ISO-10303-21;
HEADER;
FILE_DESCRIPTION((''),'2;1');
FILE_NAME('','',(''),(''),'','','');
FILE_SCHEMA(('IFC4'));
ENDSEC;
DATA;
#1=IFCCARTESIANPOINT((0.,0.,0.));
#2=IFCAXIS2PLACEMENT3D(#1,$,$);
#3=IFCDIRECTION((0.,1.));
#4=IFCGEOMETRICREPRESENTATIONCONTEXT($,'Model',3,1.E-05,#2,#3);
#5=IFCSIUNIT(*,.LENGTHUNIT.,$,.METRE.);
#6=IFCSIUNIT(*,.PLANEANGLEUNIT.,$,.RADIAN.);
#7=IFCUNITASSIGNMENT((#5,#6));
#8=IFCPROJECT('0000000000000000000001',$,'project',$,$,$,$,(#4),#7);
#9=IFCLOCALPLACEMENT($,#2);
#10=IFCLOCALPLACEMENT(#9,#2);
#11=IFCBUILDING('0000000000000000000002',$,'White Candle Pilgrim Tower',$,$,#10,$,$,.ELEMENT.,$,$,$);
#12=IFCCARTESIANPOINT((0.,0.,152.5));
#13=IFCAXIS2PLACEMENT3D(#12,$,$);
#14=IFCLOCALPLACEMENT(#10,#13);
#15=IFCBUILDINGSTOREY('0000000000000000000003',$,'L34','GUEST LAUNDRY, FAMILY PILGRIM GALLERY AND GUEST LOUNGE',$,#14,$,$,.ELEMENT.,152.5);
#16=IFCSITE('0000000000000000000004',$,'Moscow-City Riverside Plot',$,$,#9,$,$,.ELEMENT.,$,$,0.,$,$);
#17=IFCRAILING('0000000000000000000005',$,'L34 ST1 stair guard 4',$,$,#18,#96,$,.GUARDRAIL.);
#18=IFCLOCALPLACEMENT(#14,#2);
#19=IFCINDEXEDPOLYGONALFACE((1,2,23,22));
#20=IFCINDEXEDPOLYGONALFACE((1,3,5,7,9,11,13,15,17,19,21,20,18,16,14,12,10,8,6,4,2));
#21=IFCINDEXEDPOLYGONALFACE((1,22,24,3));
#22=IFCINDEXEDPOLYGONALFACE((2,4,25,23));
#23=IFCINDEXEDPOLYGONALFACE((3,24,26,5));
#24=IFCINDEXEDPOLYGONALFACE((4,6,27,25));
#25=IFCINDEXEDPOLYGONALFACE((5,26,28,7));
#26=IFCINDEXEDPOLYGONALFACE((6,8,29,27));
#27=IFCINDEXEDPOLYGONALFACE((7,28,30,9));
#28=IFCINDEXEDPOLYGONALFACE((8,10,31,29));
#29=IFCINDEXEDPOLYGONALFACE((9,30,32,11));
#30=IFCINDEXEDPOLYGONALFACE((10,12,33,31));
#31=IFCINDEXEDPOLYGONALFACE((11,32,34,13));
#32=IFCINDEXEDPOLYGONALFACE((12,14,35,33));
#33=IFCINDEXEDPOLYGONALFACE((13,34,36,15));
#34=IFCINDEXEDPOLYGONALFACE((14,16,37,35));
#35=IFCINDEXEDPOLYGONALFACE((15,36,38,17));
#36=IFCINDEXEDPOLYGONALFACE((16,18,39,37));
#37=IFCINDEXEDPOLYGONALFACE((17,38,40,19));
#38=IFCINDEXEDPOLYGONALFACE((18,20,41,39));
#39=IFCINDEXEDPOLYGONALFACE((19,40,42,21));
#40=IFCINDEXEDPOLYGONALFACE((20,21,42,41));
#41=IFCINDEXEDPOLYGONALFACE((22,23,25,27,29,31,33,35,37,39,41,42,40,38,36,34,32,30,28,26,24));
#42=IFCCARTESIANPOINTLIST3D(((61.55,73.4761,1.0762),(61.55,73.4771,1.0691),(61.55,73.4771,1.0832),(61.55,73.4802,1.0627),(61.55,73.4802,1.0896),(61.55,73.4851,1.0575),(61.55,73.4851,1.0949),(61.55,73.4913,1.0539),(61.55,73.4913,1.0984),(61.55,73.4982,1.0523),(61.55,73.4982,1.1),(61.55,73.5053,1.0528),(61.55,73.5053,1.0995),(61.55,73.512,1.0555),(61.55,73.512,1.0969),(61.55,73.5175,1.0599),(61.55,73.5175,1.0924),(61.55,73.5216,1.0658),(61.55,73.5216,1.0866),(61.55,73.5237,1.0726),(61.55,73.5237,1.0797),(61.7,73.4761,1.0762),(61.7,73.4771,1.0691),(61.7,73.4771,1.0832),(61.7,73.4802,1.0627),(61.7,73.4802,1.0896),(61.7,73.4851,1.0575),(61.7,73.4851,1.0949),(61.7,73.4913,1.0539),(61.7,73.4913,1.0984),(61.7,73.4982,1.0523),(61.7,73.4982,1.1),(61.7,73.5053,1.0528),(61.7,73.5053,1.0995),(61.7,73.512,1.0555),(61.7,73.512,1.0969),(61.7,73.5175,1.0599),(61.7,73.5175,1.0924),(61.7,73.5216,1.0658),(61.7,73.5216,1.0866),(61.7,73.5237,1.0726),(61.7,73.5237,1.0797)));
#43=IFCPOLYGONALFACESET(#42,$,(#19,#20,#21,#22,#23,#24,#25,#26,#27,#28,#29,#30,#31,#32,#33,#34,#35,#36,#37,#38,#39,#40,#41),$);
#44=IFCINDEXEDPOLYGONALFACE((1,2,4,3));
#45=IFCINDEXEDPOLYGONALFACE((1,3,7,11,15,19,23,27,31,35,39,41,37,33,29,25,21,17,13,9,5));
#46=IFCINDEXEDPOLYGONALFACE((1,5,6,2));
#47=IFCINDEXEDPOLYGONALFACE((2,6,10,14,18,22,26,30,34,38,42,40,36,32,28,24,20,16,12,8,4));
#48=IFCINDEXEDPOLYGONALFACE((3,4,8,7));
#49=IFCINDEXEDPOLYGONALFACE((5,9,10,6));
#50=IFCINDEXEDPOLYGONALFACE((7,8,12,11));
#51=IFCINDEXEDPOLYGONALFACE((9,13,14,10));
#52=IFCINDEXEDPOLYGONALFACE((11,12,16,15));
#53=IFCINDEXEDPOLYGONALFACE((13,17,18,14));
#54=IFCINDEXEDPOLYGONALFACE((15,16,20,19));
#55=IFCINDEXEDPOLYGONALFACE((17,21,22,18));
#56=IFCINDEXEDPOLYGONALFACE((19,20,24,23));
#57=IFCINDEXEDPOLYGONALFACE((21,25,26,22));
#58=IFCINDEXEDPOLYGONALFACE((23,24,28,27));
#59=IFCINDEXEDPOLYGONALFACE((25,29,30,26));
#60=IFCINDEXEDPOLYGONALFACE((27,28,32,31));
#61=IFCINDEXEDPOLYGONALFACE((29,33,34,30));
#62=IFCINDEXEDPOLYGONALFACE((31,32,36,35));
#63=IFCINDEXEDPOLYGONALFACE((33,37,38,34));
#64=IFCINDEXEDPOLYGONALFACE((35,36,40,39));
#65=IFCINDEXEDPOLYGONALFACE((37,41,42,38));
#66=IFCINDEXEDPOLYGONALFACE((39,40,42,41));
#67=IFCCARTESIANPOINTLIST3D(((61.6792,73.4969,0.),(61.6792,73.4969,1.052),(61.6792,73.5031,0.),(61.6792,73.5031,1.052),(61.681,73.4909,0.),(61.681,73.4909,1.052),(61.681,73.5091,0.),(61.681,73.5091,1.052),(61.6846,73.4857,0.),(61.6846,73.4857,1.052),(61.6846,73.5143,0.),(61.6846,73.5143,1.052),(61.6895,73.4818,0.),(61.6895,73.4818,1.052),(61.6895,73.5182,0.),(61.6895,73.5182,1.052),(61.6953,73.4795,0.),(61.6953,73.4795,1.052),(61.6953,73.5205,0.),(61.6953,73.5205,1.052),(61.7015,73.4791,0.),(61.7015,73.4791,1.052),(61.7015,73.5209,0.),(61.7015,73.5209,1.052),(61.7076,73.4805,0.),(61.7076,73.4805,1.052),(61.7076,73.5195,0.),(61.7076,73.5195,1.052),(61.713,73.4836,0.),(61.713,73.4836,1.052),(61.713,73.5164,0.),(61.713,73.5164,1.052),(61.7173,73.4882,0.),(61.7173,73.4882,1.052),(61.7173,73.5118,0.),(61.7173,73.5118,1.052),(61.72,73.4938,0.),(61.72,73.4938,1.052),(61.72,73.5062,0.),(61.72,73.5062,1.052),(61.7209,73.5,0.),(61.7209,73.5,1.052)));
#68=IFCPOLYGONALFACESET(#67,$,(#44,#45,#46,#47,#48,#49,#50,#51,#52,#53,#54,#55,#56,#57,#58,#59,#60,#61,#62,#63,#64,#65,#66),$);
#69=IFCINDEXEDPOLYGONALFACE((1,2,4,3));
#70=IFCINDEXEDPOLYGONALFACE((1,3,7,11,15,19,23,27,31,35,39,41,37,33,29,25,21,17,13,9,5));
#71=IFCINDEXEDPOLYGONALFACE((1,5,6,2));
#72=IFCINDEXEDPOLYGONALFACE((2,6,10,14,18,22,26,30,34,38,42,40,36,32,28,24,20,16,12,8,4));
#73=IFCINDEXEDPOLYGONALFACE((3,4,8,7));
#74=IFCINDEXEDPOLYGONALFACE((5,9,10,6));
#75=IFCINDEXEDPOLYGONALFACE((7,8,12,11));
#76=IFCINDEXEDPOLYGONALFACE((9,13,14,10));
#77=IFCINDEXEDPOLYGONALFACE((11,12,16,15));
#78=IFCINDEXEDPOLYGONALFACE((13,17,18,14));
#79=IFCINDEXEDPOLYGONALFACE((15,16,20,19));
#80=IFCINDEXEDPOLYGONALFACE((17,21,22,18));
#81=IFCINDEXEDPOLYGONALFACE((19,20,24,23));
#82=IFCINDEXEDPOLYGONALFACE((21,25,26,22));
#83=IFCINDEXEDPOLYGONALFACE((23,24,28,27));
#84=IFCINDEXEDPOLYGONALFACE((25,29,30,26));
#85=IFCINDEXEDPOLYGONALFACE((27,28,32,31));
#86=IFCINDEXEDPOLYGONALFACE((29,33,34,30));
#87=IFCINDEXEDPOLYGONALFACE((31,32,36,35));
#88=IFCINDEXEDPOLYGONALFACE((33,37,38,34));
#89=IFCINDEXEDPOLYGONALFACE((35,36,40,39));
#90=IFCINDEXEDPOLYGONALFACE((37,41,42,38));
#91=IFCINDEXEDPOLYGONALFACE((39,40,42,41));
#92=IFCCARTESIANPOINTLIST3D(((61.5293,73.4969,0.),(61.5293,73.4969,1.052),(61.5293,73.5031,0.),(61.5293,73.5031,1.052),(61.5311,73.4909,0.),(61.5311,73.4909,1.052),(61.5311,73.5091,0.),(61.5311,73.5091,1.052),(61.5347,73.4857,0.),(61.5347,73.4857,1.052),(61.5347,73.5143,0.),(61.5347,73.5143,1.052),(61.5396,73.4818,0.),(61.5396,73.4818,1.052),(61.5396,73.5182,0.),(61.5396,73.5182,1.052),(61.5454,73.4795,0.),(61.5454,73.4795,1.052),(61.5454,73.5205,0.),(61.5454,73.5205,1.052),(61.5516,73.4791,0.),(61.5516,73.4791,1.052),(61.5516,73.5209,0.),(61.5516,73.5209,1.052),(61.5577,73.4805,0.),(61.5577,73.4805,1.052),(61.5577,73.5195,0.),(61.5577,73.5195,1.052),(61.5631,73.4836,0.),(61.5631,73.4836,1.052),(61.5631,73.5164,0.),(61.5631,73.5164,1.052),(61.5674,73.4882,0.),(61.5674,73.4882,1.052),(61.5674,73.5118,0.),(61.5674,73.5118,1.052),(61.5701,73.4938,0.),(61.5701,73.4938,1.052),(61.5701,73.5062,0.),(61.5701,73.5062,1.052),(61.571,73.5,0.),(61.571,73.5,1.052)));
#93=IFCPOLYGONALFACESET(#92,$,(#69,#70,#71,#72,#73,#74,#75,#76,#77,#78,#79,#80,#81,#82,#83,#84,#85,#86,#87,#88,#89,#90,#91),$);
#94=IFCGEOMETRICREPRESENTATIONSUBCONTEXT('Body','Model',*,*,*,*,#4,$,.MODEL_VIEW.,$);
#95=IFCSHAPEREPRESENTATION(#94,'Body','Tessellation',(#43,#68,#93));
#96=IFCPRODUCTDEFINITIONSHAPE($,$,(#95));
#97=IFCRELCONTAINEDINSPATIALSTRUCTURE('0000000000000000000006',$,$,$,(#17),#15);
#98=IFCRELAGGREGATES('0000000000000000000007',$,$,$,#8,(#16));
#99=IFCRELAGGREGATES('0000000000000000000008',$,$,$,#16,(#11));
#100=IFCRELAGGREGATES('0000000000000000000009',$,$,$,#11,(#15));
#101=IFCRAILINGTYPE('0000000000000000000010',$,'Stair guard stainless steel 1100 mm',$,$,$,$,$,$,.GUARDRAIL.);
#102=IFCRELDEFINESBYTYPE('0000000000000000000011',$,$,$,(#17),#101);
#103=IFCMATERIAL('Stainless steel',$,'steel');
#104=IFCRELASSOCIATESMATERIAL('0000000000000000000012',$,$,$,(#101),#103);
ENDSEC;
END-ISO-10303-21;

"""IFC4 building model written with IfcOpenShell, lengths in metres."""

from ifc_helpers import new_model, si_unit, direction, frame, origin, origin_2d, place, context, subcontext, project, spatial, circle, extrude, material, type_object, element, save


model = new_model("IFC4")

# Units and contexts
model_context = context("Model", 3, precision=1e-05, world=origin(), true_north=direction((0.0, 1.0)))
body_context = subcontext(model_context, "Body", "Model", "MODEL_VIEW")
ifc_project = project(units=[si_unit("LENGTHUNIT", "METRE"), si_unit("PLANEANGLEUNIT", "RADIAN")], contexts=[model_context])

# Site, building, storey
site_placement = place(None, origin())
site = spatial("IfcSite", under=ifc_project, at=site_placement, Name="Moscow-City Riverside Plot", CompositionType="ELEMENT", RefElevation=0.0)
building_placement = place(site_placement, origin())
building = spatial("IfcBuilding", under=site, at=building_placement, Name="White Candle Pilgrim Tower", CompositionType="ELEMENT")
storey_placement = place(building_placement, frame((0.0, 0.0, 152.5)))
storey = spatial("IfcBuildingStorey", under=building, at=storey_placement, Name="L34", Description="GUEST LAUNDRY, FAMILY PILGRIM GALLERY AND GUEST LOUNGE", CompositionType="ELEMENT", Elevation=152.5)

# Railing
ifc_material_1 = material(Name="Stainless steel", Category="steel")
railing_type_1 = type_object("IfcRailingType", Name="Stair guard stainless steel 1100 mm", PredefinedType="GUARDRAIL", material=ifc_material_1)
railing_1_placement = place(storey_placement, frame((61.7, 73.5, 0.0)))
element("IfcRailing", 1, at=railing_1_placement, inside=storey, type_object=railing_type_1, Name="L34 ST1 stair guard 4", PredefinedType="GUARDRAIL", context=body_context, shape_type="SweptSolid", body=[
    extrude(circle(Radius=0.0239, at=origin_2d()), frame((0.0, 0.0, 1.0762), z_axis=(-1.0, 0.0, 0.0), x_axis=(0.0, -1.0, 0.0)), (0.0, 0.0, 1.0), 0.1499),
    extrude(circle(Radius=0.021, at=origin_2d()), origin(), (0.0, 0.0, 1.0), 1.052),
    extrude(circle(Radius=0.021, at=origin_2d()), frame((-0.1499, 0.0, 0.0)), (0.0, 0.0, 1.0), 1.052),
])

save(model, "model.ifc")
